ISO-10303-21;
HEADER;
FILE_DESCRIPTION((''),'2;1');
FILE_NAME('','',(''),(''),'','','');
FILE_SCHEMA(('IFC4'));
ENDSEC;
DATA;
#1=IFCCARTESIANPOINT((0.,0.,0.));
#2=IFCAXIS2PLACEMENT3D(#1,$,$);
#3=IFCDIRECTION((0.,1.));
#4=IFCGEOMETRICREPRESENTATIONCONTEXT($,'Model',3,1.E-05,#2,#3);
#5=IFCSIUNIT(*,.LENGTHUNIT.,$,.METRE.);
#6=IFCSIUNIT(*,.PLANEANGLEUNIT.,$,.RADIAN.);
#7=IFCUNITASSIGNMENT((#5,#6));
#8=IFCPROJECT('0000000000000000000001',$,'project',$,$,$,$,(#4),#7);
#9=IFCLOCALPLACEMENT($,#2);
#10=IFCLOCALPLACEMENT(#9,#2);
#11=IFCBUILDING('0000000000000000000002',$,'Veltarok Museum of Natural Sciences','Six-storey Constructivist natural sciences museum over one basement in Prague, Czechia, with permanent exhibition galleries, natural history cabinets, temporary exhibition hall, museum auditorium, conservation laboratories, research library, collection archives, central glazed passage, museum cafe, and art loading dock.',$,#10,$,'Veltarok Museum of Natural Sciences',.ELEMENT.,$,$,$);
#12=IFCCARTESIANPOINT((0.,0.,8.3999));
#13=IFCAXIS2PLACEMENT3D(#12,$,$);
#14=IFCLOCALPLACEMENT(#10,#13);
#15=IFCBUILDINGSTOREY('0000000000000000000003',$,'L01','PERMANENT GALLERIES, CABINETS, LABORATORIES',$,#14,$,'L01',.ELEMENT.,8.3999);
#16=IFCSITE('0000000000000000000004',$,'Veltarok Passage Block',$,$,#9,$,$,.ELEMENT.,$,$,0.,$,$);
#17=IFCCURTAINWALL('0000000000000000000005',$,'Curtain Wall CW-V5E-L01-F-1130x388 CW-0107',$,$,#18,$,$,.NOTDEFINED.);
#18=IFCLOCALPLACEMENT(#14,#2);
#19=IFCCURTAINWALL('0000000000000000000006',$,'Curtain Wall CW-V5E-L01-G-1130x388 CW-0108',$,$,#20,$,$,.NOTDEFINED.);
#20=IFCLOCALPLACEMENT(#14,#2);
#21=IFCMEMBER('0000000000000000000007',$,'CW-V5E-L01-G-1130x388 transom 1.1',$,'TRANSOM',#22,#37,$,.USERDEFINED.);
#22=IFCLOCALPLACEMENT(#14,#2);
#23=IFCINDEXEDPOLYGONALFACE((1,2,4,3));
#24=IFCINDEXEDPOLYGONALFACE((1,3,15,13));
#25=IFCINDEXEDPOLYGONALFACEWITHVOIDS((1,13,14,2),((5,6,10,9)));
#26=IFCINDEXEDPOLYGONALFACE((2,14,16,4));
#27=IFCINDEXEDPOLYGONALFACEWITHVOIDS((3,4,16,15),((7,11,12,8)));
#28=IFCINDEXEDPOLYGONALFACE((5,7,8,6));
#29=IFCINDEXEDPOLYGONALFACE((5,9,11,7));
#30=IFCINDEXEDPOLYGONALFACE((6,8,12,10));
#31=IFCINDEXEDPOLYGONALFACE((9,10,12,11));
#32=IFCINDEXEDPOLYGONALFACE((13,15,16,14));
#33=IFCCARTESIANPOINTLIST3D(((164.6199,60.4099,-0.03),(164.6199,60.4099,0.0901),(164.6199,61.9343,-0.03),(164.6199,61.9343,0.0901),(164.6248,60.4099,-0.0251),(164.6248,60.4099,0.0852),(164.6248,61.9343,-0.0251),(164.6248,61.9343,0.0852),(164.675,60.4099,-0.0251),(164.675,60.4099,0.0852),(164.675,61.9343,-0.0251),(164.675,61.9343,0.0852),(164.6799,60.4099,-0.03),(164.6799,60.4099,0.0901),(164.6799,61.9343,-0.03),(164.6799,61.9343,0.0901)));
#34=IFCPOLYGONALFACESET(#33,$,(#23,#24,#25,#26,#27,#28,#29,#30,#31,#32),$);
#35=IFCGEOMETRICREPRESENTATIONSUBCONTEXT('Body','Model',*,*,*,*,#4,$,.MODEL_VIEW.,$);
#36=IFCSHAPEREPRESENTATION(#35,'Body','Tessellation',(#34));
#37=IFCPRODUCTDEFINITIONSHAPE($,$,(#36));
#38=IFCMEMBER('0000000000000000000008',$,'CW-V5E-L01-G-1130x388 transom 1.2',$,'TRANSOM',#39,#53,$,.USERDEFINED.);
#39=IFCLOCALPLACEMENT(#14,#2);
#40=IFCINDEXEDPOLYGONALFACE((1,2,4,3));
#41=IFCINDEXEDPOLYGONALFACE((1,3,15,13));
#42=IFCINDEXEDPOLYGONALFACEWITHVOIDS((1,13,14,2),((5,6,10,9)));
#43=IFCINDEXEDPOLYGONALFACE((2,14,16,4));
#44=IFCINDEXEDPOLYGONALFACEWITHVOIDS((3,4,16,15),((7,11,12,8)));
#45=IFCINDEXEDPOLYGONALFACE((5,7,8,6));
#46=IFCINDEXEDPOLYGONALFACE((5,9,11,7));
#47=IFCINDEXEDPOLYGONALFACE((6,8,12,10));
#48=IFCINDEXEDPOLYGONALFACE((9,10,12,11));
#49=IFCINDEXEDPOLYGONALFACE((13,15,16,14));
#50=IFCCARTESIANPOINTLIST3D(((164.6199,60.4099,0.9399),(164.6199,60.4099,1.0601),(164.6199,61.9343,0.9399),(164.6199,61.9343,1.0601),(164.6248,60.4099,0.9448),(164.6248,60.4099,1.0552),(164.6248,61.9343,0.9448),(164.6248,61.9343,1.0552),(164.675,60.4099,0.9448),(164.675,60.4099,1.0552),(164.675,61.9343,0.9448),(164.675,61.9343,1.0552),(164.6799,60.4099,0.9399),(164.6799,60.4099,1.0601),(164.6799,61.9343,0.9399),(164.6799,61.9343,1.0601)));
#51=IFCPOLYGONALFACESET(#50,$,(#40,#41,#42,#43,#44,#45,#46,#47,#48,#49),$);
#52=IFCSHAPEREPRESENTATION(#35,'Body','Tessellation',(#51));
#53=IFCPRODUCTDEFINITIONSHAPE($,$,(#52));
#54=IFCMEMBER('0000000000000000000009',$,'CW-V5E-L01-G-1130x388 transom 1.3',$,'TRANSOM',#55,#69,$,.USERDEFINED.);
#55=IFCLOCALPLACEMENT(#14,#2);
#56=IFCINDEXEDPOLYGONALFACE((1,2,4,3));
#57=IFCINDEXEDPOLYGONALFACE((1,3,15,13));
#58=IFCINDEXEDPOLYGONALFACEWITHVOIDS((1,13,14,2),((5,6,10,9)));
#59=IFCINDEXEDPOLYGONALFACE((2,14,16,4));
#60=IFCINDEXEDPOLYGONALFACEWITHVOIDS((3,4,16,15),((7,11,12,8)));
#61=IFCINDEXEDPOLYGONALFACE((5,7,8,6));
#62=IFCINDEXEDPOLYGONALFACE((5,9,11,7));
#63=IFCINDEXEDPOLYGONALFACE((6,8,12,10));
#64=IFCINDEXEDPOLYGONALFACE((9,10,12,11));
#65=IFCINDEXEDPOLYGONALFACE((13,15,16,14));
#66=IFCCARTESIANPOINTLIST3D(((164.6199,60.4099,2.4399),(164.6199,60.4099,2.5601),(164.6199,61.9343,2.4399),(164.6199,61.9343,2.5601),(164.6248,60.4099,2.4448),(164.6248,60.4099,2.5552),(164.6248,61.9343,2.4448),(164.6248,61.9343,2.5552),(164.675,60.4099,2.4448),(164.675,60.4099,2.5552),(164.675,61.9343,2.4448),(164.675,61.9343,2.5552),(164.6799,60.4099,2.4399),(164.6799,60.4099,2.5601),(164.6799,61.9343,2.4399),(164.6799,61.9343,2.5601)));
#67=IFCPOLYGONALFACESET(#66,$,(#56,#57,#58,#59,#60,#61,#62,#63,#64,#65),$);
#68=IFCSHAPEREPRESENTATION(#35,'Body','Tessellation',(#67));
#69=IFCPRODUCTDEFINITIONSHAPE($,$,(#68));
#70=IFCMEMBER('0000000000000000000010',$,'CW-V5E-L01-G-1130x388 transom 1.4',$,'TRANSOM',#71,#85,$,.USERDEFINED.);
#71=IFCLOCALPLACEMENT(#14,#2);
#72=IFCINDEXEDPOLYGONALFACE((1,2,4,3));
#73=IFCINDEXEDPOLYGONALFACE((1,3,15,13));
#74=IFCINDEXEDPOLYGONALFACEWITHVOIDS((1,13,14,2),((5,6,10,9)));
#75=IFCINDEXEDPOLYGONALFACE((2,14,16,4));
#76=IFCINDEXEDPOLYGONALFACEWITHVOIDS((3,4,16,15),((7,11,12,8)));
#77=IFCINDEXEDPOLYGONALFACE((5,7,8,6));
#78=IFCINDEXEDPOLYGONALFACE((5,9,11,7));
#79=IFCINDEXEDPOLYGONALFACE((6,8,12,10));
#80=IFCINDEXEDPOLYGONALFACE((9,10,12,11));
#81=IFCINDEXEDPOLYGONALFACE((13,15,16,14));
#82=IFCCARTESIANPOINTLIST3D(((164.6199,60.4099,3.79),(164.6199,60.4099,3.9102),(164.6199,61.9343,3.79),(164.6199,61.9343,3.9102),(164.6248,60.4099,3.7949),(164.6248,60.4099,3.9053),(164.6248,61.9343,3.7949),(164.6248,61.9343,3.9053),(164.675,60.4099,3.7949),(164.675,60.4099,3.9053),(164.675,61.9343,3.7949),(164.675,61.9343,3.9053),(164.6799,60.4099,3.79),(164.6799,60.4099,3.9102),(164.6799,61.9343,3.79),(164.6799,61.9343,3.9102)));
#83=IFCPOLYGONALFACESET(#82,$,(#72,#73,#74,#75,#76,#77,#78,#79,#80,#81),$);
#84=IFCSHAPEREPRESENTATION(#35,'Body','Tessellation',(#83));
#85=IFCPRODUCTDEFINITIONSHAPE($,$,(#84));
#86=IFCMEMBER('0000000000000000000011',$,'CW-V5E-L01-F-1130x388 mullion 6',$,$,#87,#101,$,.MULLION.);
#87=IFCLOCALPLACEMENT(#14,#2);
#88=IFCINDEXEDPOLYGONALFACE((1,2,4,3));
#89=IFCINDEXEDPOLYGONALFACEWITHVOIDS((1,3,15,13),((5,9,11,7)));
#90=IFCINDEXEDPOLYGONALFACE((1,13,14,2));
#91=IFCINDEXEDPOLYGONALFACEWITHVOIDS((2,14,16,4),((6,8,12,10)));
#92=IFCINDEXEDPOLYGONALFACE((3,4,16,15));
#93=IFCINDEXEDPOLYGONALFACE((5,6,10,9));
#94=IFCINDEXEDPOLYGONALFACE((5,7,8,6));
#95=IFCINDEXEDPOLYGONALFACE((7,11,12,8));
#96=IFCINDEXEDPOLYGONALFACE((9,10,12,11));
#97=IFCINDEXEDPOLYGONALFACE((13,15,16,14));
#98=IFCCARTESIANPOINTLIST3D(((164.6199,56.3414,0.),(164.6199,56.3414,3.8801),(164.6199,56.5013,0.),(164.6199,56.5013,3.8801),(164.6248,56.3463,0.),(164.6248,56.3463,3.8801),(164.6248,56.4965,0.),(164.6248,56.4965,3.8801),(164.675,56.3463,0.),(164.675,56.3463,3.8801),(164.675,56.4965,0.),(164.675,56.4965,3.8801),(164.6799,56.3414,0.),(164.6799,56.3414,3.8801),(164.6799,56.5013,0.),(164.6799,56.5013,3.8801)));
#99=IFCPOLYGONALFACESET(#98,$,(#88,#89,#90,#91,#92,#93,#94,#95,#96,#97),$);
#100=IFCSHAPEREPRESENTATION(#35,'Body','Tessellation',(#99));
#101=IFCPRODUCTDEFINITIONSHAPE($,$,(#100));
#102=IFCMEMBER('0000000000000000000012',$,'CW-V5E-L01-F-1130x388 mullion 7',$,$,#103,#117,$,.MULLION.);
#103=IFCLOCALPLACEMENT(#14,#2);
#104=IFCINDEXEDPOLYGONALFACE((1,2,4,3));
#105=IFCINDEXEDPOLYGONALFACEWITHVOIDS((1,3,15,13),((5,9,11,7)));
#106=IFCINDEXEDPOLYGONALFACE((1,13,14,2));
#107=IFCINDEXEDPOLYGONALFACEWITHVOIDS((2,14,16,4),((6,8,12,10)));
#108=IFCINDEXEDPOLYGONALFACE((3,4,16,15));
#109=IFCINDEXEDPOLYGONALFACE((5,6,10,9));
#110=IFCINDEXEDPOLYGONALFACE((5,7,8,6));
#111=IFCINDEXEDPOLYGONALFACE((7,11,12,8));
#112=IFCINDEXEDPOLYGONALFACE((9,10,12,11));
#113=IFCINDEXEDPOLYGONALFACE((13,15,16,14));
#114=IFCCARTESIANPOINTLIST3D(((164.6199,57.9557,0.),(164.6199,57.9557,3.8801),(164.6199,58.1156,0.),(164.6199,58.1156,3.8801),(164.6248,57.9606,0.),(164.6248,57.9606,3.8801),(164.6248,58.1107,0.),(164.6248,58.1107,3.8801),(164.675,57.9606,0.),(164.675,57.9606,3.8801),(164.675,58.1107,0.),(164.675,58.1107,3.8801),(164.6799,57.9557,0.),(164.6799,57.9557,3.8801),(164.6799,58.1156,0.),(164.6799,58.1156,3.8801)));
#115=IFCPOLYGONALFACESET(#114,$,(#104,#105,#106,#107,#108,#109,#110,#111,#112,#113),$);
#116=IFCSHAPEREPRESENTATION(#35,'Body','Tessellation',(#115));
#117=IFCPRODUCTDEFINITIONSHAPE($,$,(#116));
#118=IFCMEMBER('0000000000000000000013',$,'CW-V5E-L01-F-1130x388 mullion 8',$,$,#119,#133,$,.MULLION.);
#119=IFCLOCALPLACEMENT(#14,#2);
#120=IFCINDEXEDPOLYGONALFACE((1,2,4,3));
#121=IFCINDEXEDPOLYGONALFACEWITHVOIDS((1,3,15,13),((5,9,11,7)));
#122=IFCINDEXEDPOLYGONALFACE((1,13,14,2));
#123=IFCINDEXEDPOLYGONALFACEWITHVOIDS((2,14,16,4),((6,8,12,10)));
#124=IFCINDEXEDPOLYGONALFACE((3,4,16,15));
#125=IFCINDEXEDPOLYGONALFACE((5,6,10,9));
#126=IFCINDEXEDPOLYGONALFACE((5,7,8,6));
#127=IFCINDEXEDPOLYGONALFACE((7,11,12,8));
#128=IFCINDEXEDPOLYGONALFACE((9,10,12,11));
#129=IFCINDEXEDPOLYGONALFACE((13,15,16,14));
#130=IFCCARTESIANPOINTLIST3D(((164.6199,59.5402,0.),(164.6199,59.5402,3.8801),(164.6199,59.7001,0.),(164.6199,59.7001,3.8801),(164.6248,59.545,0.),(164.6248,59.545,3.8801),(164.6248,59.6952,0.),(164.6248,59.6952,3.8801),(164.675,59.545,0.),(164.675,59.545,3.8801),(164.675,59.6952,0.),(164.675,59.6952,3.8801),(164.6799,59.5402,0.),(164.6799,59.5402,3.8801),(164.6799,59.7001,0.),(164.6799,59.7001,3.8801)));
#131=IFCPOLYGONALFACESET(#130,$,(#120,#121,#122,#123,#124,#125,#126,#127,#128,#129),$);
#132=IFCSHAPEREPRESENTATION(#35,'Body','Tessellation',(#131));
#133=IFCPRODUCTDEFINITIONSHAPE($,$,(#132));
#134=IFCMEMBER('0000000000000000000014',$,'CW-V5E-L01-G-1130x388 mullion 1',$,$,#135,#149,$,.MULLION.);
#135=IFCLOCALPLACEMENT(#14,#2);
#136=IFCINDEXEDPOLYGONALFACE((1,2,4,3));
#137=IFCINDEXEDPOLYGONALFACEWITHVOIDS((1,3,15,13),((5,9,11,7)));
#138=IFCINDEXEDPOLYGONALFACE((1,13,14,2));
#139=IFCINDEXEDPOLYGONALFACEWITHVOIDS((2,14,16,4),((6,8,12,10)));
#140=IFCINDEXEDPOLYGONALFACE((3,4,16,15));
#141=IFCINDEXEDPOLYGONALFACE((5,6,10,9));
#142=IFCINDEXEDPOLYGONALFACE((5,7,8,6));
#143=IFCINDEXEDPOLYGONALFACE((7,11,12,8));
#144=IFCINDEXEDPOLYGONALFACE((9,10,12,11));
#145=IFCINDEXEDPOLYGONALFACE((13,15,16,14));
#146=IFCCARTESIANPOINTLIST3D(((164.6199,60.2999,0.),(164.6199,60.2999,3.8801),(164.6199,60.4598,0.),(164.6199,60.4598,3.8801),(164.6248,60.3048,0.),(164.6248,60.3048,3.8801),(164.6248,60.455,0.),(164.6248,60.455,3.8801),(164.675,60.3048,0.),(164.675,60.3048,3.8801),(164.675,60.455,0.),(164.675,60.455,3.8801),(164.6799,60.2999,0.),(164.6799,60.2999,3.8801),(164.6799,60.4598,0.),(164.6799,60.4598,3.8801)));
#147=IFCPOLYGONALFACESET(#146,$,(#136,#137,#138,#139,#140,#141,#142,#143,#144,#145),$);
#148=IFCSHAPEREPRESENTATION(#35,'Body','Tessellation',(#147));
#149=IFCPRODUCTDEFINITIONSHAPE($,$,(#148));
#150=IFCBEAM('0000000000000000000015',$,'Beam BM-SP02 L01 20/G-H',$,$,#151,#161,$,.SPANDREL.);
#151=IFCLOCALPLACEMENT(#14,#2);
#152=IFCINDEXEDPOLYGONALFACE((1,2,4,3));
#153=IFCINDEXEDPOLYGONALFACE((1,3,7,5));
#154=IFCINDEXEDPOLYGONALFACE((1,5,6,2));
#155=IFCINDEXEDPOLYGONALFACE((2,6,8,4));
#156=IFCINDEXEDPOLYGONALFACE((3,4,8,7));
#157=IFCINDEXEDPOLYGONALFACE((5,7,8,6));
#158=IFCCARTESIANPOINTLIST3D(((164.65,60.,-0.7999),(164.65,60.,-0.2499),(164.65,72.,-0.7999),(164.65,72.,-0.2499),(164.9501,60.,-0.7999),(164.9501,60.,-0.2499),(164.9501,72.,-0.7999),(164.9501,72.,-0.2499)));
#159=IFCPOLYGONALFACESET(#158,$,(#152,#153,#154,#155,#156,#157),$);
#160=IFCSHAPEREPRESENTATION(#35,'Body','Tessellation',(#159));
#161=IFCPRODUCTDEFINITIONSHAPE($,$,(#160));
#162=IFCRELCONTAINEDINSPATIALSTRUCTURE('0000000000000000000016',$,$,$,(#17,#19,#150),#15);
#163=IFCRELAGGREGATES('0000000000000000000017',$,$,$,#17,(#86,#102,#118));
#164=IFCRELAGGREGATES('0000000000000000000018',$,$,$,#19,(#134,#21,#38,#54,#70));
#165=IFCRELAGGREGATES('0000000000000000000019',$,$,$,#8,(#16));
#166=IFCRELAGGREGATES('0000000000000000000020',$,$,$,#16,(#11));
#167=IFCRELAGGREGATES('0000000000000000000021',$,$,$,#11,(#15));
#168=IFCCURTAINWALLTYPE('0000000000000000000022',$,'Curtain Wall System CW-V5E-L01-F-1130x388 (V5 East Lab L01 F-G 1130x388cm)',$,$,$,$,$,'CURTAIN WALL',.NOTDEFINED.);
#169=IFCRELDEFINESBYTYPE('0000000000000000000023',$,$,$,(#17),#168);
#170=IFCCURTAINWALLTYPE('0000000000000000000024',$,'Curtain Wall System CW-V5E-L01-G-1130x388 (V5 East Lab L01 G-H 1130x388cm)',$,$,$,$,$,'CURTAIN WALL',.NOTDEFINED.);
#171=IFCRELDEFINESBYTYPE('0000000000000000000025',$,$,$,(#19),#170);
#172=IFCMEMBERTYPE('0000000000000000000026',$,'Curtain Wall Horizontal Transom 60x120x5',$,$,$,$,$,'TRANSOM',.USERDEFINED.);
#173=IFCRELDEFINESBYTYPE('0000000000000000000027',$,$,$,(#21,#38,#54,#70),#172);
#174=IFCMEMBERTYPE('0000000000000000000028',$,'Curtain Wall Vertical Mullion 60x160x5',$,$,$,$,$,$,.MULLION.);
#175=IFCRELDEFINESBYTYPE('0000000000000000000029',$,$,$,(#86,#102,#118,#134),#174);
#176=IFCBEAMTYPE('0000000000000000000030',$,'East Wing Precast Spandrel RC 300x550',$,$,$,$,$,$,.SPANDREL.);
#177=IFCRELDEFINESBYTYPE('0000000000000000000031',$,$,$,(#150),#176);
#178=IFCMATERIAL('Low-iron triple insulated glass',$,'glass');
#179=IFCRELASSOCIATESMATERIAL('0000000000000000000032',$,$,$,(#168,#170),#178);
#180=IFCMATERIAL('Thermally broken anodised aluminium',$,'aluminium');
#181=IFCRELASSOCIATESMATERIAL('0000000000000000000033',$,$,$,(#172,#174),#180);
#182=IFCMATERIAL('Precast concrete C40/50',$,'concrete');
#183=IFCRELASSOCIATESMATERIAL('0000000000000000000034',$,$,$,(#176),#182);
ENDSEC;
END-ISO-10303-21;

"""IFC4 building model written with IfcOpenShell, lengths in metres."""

from ifc_helpers import new_model, si_unit, direction, frame, origin, origin_2d, place, context, subcontext, project, spatial, rectangle, hollow_rectangle, extrude, material, material_profile, profile_set, type_object, element, aggregate, save


model = new_model("IFC4")

# Units and contexts
model_context = context("Model", 3, precision=1e-05, world=origin(), true_north=direction((0.0, 1.0)))
body_context = subcontext(model_context, "Body", "Model", "MODEL_VIEW")
ifc_project = project(units=[si_unit("LENGTHUNIT", "METRE"), si_unit("PLANEANGLEUNIT", "RADIAN")], contexts=[model_context])

# Site, building, storey
site_placement = place(None, origin())
site = spatial("IfcSite", under=ifc_project, at=site_placement, Name="Veltarok Passage Block", CompositionType="ELEMENT", RefElevation=0.0)
building_placement = place(site_placement, origin())
building = spatial("IfcBuilding", under=site, at=building_placement, Name="Veltarok Museum of Natural Sciences", Description="Six-storey Constructivist natural sciences museum over one basement in Prague, Czechia, with permanent exhibition galleries, natural history cabinets, temporary exhibition hall, museum auditorium, conservation laboratories, research library, collection archives, central glazed passage, museum cafe, and art loading dock.", LongName="Veltarok Museum of Natural Sciences", CompositionType="ELEMENT")
storey_placement = place(building_placement, frame((0.0, 0.0, 8.3999)))
storey = spatial("IfcBuildingStorey", under=building, at=storey_placement, Name="L01", Description="PERMANENT GALLERIES, CABINETS, LABORATORIES", LongName="L01", CompositionType="ELEMENT", Elevation=8.3999)

# Curtain walls, members
ifc_material_1 = material(Name="Low-iron triple insulated glass", Category="glass")
curtain_wall_type_1 = type_object("IfcCurtainWallType", Name="Curtain Wall System CW-V5E-L01-F-1130x388 (V5 East Lab L01 F-G 1130x388cm)", ElementType="CURTAIN WALL", PredefinedType="NOTDEFINED", material=ifc_material_1)
curtain_wall_1_placement = place(storey_placement, origin())
curtain_wall_1 = element("IfcCurtainWall", 1, at=curtain_wall_1_placement, inside=storey, type_object=curtain_wall_type_1, Name="Curtain Wall CW-V5E-L01-F-1130x388 CW-0107", PredefinedType="NOTDEFINED")
ifc_material_2 = material(Name="Thermally broken anodised aluminium", Category="aluminium")
ifc_material_profile_1 = material_profile(ifc_material_2, hollow_rectangle(XDim=0.0601, YDim=0.1201, WallThickness=0.0049, at=origin_2d()), Name="CW TRANSOM 60x120x5")
ifc_profile_set_1 = profile_set([ifc_material_profile_1], Name="Thermally broken anodised aluminium")
member_type_1 = type_object("IfcMemberType", Name="Curtain Wall Horizontal Transom 60x120x5", ElementType="TRANSOM", PredefinedType="USERDEFINED", material=ifc_profile_set_1)
curtain_wall_type_2 = type_object("IfcCurtainWallType", Name="Curtain Wall System CW-V5E-L01-G-1130x388 (V5 East Lab L01 G-H 1130x388cm)", ElementType="CURTAIN WALL", PredefinedType="NOTDEFINED", material=ifc_material_1)
curtain_wall_2_placement = place(storey_placement, origin())
curtain_wall_2 = element("IfcCurtainWall", 2, at=curtain_wall_2_placement, inside=storey, type_object=curtain_wall_type_2, Name="Curtain Wall CW-V5E-L01-G-1130x388 CW-0108", PredefinedType="NOTDEFINED")
member_1_placement = place(storey_placement, frame((164.6499, 60.4099, 0.03), z_axis=(0.0, 1.0, 0.0), x_axis=(-1.0, 0.0, 0.0)))
member_1 = element("IfcMember", 3, at=member_1_placement, type_object=member_type_1, Name="CW-V5E-L01-G-1130x388 transom 1.1", ObjectType="TRANSOM", PredefinedType="USERDEFINED", context=body_context, shape_type="SweptSolid", body=[
    extrude(hollow_rectangle(XDim=0.0601, YDim=0.1201, WallThickness=0.0049, at=origin_2d()), origin(), (0.0, 0.0, 1.0), 1.5244),
])
member_2_placement = place(storey_placement, frame((164.6499, 60.4099, 1.0), z_axis=(0.0, 1.0, 0.0), x_axis=(-1.0, 0.0, 0.0)))
member_2 = element("IfcMember", 4, at=member_2_placement, type_object=member_type_1, Name="CW-V5E-L01-G-1130x388 transom 1.2", ObjectType="TRANSOM", PredefinedType="USERDEFINED", context=body_context, shape_type="SweptSolid", body=[
    extrude(hollow_rectangle(XDim=0.0601, YDim=0.1201, WallThickness=0.0049, at=origin_2d()), origin(), (0.0, 0.0, 1.0), 1.5244),
])
member_3_placement = place(storey_placement, frame((164.6499, 60.4099, 2.5), z_axis=(0.0, 1.0, 0.0), x_axis=(-1.0, 0.0, 0.0)))
member_3 = element("IfcMember", 5, at=member_3_placement, type_object=member_type_1, Name="CW-V5E-L01-G-1130x388 transom 1.3", ObjectType="TRANSOM", PredefinedType="USERDEFINED", context=body_context, shape_type="SweptSolid", body=[
    extrude(hollow_rectangle(XDim=0.0601, YDim=0.1201, WallThickness=0.0049, at=origin_2d()), origin(), (0.0, 0.0, 1.0), 1.5244),
])
member_4_placement = place(storey_placement, frame((164.6499, 60.4099, 3.8501), z_axis=(0.0, 1.0, 0.0), x_axis=(-1.0, 0.0, 0.0)))
member_4 = element("IfcMember", 6, at=member_4_placement, type_object=member_type_1, Name="CW-V5E-L01-G-1130x388 transom 1.4", ObjectType="TRANSOM", PredefinedType="USERDEFINED", context=body_context, shape_type="SweptSolid", body=[
    extrude(hollow_rectangle(XDim=0.0601, YDim=0.1201, WallThickness=0.0049, at=origin_2d()), origin(), (0.0, 0.0, 1.0), 1.5244),
])

# Members
ifc_material_profile_2 = material_profile(ifc_material_2, hollow_rectangle(XDim=0.0601, YDim=0.1599, WallThickness=0.0049, at=origin_2d()), Name="CW MULLION 60x160x5")
ifc_profile_set_2 = profile_set([ifc_material_profile_2], Name="Thermally broken anodised aluminium")
member_type_2 = type_object("IfcMemberType", Name="Curtain Wall Vertical Mullion 60x160x5", PredefinedType="MULLION", material=ifc_profile_set_2)
member_5_placement = place(storey_placement, frame((164.6499, 56.4214, 0.0), z_axis=(0.0, 0.0, 1.0), x_axis=(-1.0, 0.0, 0.0)))
member_5 = element("IfcMember", 7, at=member_5_placement, type_object=member_type_2, Name="CW-V5E-L01-F-1130x388 mullion 6", PredefinedType="MULLION", context=body_context, shape_type="SweptSolid", body=[
    extrude(hollow_rectangle(XDim=0.0601, YDim=0.1599, WallThickness=0.0049, at=origin_2d()), origin(), (0.0, 0.0, 1.0), 3.8801),
])
member_6_placement = place(storey_placement, frame((164.6499, 58.0356, 0.0), z_axis=(0.0, 0.0, 1.0), x_axis=(-1.0, 0.0, 0.0)))
member_6 = element("IfcMember", 8, at=member_6_placement, type_object=member_type_2, Name="CW-V5E-L01-F-1130x388 mullion 7", PredefinedType="MULLION", context=body_context, shape_type="SweptSolid", body=[
    extrude(hollow_rectangle(XDim=0.0601, YDim=0.1599, WallThickness=0.0049, at=origin_2d()), origin(), (0.0, 0.0, 1.0), 3.8801),
])
member_7_placement = place(storey_placement, frame((164.6499, 59.6201, 0.0), z_axis=(0.0, 0.0, 1.0), x_axis=(-1.0, 0.0, 0.0)))
member_7 = element("IfcMember", 9, at=member_7_placement, type_object=member_type_2, Name="CW-V5E-L01-F-1130x388 mullion 8", PredefinedType="MULLION", context=body_context, shape_type="SweptSolid", body=[
    extrude(hollow_rectangle(XDim=0.0601, YDim=0.1599, WallThickness=0.0049, at=origin_2d()), origin(), (0.0, 0.0, 1.0), 3.8801),
])
member_8_placement = place(storey_placement, frame((164.6499, 60.3799, 0.0), z_axis=(0.0, 0.0, 1.0), x_axis=(-1.0, 0.0, 0.0)))
member_8 = element("IfcMember", 10, at=member_8_placement, type_object=member_type_2, Name="CW-V5E-L01-G-1130x388 mullion 1", PredefinedType="MULLION", context=body_context, shape_type="SweptSolid", body=[
    extrude(hollow_rectangle(XDim=0.0601, YDim=0.1599, WallThickness=0.0049, at=origin_2d()), origin(), (0.0, 0.0, 1.0), 3.8801),
])

# Beam
ifc_material_3 = material(Name="Precast concrete C40/50", Category="concrete")
ifc_material_profile_3 = material_profile(ifc_material_3, rectangle(XDim=0.3, YDim=0.55, at=origin_2d()), Name="RC 300x550")
ifc_profile_set_3 = profile_set([ifc_material_profile_3], Name="Precast concrete C40/50")
beam_type_1 = type_object("IfcBeamType", Name="East Wing Precast Spandrel RC 300x550", PredefinedType="SPANDREL", material=ifc_profile_set_3)
beam_1_placement = place(storey_placement, frame((164.8, 60.0, -0.5249), z_axis=(0.0, 1.0, 0.0), x_axis=(-1.0, 0.0, 0.0)))
element("IfcBeam", 11, at=beam_1_placement, inside=storey, type_object=beam_type_1, Name="Beam BM-SP02 L01 20/G-H", PredefinedType="SPANDREL", context=body_context, shape_type="SweptSolid", body=[
    extrude(rectangle(XDim=0.3, YDim=0.55, at=origin_2d()), origin(), (0.0, 0.0, 1.0), 12.0),
])

aggregate(curtain_wall_1, [member_5, member_6, member_7])
aggregate(curtain_wall_2, [member_8, member_1, member_2, member_3, member_4])

save(model, "model.ifc")
